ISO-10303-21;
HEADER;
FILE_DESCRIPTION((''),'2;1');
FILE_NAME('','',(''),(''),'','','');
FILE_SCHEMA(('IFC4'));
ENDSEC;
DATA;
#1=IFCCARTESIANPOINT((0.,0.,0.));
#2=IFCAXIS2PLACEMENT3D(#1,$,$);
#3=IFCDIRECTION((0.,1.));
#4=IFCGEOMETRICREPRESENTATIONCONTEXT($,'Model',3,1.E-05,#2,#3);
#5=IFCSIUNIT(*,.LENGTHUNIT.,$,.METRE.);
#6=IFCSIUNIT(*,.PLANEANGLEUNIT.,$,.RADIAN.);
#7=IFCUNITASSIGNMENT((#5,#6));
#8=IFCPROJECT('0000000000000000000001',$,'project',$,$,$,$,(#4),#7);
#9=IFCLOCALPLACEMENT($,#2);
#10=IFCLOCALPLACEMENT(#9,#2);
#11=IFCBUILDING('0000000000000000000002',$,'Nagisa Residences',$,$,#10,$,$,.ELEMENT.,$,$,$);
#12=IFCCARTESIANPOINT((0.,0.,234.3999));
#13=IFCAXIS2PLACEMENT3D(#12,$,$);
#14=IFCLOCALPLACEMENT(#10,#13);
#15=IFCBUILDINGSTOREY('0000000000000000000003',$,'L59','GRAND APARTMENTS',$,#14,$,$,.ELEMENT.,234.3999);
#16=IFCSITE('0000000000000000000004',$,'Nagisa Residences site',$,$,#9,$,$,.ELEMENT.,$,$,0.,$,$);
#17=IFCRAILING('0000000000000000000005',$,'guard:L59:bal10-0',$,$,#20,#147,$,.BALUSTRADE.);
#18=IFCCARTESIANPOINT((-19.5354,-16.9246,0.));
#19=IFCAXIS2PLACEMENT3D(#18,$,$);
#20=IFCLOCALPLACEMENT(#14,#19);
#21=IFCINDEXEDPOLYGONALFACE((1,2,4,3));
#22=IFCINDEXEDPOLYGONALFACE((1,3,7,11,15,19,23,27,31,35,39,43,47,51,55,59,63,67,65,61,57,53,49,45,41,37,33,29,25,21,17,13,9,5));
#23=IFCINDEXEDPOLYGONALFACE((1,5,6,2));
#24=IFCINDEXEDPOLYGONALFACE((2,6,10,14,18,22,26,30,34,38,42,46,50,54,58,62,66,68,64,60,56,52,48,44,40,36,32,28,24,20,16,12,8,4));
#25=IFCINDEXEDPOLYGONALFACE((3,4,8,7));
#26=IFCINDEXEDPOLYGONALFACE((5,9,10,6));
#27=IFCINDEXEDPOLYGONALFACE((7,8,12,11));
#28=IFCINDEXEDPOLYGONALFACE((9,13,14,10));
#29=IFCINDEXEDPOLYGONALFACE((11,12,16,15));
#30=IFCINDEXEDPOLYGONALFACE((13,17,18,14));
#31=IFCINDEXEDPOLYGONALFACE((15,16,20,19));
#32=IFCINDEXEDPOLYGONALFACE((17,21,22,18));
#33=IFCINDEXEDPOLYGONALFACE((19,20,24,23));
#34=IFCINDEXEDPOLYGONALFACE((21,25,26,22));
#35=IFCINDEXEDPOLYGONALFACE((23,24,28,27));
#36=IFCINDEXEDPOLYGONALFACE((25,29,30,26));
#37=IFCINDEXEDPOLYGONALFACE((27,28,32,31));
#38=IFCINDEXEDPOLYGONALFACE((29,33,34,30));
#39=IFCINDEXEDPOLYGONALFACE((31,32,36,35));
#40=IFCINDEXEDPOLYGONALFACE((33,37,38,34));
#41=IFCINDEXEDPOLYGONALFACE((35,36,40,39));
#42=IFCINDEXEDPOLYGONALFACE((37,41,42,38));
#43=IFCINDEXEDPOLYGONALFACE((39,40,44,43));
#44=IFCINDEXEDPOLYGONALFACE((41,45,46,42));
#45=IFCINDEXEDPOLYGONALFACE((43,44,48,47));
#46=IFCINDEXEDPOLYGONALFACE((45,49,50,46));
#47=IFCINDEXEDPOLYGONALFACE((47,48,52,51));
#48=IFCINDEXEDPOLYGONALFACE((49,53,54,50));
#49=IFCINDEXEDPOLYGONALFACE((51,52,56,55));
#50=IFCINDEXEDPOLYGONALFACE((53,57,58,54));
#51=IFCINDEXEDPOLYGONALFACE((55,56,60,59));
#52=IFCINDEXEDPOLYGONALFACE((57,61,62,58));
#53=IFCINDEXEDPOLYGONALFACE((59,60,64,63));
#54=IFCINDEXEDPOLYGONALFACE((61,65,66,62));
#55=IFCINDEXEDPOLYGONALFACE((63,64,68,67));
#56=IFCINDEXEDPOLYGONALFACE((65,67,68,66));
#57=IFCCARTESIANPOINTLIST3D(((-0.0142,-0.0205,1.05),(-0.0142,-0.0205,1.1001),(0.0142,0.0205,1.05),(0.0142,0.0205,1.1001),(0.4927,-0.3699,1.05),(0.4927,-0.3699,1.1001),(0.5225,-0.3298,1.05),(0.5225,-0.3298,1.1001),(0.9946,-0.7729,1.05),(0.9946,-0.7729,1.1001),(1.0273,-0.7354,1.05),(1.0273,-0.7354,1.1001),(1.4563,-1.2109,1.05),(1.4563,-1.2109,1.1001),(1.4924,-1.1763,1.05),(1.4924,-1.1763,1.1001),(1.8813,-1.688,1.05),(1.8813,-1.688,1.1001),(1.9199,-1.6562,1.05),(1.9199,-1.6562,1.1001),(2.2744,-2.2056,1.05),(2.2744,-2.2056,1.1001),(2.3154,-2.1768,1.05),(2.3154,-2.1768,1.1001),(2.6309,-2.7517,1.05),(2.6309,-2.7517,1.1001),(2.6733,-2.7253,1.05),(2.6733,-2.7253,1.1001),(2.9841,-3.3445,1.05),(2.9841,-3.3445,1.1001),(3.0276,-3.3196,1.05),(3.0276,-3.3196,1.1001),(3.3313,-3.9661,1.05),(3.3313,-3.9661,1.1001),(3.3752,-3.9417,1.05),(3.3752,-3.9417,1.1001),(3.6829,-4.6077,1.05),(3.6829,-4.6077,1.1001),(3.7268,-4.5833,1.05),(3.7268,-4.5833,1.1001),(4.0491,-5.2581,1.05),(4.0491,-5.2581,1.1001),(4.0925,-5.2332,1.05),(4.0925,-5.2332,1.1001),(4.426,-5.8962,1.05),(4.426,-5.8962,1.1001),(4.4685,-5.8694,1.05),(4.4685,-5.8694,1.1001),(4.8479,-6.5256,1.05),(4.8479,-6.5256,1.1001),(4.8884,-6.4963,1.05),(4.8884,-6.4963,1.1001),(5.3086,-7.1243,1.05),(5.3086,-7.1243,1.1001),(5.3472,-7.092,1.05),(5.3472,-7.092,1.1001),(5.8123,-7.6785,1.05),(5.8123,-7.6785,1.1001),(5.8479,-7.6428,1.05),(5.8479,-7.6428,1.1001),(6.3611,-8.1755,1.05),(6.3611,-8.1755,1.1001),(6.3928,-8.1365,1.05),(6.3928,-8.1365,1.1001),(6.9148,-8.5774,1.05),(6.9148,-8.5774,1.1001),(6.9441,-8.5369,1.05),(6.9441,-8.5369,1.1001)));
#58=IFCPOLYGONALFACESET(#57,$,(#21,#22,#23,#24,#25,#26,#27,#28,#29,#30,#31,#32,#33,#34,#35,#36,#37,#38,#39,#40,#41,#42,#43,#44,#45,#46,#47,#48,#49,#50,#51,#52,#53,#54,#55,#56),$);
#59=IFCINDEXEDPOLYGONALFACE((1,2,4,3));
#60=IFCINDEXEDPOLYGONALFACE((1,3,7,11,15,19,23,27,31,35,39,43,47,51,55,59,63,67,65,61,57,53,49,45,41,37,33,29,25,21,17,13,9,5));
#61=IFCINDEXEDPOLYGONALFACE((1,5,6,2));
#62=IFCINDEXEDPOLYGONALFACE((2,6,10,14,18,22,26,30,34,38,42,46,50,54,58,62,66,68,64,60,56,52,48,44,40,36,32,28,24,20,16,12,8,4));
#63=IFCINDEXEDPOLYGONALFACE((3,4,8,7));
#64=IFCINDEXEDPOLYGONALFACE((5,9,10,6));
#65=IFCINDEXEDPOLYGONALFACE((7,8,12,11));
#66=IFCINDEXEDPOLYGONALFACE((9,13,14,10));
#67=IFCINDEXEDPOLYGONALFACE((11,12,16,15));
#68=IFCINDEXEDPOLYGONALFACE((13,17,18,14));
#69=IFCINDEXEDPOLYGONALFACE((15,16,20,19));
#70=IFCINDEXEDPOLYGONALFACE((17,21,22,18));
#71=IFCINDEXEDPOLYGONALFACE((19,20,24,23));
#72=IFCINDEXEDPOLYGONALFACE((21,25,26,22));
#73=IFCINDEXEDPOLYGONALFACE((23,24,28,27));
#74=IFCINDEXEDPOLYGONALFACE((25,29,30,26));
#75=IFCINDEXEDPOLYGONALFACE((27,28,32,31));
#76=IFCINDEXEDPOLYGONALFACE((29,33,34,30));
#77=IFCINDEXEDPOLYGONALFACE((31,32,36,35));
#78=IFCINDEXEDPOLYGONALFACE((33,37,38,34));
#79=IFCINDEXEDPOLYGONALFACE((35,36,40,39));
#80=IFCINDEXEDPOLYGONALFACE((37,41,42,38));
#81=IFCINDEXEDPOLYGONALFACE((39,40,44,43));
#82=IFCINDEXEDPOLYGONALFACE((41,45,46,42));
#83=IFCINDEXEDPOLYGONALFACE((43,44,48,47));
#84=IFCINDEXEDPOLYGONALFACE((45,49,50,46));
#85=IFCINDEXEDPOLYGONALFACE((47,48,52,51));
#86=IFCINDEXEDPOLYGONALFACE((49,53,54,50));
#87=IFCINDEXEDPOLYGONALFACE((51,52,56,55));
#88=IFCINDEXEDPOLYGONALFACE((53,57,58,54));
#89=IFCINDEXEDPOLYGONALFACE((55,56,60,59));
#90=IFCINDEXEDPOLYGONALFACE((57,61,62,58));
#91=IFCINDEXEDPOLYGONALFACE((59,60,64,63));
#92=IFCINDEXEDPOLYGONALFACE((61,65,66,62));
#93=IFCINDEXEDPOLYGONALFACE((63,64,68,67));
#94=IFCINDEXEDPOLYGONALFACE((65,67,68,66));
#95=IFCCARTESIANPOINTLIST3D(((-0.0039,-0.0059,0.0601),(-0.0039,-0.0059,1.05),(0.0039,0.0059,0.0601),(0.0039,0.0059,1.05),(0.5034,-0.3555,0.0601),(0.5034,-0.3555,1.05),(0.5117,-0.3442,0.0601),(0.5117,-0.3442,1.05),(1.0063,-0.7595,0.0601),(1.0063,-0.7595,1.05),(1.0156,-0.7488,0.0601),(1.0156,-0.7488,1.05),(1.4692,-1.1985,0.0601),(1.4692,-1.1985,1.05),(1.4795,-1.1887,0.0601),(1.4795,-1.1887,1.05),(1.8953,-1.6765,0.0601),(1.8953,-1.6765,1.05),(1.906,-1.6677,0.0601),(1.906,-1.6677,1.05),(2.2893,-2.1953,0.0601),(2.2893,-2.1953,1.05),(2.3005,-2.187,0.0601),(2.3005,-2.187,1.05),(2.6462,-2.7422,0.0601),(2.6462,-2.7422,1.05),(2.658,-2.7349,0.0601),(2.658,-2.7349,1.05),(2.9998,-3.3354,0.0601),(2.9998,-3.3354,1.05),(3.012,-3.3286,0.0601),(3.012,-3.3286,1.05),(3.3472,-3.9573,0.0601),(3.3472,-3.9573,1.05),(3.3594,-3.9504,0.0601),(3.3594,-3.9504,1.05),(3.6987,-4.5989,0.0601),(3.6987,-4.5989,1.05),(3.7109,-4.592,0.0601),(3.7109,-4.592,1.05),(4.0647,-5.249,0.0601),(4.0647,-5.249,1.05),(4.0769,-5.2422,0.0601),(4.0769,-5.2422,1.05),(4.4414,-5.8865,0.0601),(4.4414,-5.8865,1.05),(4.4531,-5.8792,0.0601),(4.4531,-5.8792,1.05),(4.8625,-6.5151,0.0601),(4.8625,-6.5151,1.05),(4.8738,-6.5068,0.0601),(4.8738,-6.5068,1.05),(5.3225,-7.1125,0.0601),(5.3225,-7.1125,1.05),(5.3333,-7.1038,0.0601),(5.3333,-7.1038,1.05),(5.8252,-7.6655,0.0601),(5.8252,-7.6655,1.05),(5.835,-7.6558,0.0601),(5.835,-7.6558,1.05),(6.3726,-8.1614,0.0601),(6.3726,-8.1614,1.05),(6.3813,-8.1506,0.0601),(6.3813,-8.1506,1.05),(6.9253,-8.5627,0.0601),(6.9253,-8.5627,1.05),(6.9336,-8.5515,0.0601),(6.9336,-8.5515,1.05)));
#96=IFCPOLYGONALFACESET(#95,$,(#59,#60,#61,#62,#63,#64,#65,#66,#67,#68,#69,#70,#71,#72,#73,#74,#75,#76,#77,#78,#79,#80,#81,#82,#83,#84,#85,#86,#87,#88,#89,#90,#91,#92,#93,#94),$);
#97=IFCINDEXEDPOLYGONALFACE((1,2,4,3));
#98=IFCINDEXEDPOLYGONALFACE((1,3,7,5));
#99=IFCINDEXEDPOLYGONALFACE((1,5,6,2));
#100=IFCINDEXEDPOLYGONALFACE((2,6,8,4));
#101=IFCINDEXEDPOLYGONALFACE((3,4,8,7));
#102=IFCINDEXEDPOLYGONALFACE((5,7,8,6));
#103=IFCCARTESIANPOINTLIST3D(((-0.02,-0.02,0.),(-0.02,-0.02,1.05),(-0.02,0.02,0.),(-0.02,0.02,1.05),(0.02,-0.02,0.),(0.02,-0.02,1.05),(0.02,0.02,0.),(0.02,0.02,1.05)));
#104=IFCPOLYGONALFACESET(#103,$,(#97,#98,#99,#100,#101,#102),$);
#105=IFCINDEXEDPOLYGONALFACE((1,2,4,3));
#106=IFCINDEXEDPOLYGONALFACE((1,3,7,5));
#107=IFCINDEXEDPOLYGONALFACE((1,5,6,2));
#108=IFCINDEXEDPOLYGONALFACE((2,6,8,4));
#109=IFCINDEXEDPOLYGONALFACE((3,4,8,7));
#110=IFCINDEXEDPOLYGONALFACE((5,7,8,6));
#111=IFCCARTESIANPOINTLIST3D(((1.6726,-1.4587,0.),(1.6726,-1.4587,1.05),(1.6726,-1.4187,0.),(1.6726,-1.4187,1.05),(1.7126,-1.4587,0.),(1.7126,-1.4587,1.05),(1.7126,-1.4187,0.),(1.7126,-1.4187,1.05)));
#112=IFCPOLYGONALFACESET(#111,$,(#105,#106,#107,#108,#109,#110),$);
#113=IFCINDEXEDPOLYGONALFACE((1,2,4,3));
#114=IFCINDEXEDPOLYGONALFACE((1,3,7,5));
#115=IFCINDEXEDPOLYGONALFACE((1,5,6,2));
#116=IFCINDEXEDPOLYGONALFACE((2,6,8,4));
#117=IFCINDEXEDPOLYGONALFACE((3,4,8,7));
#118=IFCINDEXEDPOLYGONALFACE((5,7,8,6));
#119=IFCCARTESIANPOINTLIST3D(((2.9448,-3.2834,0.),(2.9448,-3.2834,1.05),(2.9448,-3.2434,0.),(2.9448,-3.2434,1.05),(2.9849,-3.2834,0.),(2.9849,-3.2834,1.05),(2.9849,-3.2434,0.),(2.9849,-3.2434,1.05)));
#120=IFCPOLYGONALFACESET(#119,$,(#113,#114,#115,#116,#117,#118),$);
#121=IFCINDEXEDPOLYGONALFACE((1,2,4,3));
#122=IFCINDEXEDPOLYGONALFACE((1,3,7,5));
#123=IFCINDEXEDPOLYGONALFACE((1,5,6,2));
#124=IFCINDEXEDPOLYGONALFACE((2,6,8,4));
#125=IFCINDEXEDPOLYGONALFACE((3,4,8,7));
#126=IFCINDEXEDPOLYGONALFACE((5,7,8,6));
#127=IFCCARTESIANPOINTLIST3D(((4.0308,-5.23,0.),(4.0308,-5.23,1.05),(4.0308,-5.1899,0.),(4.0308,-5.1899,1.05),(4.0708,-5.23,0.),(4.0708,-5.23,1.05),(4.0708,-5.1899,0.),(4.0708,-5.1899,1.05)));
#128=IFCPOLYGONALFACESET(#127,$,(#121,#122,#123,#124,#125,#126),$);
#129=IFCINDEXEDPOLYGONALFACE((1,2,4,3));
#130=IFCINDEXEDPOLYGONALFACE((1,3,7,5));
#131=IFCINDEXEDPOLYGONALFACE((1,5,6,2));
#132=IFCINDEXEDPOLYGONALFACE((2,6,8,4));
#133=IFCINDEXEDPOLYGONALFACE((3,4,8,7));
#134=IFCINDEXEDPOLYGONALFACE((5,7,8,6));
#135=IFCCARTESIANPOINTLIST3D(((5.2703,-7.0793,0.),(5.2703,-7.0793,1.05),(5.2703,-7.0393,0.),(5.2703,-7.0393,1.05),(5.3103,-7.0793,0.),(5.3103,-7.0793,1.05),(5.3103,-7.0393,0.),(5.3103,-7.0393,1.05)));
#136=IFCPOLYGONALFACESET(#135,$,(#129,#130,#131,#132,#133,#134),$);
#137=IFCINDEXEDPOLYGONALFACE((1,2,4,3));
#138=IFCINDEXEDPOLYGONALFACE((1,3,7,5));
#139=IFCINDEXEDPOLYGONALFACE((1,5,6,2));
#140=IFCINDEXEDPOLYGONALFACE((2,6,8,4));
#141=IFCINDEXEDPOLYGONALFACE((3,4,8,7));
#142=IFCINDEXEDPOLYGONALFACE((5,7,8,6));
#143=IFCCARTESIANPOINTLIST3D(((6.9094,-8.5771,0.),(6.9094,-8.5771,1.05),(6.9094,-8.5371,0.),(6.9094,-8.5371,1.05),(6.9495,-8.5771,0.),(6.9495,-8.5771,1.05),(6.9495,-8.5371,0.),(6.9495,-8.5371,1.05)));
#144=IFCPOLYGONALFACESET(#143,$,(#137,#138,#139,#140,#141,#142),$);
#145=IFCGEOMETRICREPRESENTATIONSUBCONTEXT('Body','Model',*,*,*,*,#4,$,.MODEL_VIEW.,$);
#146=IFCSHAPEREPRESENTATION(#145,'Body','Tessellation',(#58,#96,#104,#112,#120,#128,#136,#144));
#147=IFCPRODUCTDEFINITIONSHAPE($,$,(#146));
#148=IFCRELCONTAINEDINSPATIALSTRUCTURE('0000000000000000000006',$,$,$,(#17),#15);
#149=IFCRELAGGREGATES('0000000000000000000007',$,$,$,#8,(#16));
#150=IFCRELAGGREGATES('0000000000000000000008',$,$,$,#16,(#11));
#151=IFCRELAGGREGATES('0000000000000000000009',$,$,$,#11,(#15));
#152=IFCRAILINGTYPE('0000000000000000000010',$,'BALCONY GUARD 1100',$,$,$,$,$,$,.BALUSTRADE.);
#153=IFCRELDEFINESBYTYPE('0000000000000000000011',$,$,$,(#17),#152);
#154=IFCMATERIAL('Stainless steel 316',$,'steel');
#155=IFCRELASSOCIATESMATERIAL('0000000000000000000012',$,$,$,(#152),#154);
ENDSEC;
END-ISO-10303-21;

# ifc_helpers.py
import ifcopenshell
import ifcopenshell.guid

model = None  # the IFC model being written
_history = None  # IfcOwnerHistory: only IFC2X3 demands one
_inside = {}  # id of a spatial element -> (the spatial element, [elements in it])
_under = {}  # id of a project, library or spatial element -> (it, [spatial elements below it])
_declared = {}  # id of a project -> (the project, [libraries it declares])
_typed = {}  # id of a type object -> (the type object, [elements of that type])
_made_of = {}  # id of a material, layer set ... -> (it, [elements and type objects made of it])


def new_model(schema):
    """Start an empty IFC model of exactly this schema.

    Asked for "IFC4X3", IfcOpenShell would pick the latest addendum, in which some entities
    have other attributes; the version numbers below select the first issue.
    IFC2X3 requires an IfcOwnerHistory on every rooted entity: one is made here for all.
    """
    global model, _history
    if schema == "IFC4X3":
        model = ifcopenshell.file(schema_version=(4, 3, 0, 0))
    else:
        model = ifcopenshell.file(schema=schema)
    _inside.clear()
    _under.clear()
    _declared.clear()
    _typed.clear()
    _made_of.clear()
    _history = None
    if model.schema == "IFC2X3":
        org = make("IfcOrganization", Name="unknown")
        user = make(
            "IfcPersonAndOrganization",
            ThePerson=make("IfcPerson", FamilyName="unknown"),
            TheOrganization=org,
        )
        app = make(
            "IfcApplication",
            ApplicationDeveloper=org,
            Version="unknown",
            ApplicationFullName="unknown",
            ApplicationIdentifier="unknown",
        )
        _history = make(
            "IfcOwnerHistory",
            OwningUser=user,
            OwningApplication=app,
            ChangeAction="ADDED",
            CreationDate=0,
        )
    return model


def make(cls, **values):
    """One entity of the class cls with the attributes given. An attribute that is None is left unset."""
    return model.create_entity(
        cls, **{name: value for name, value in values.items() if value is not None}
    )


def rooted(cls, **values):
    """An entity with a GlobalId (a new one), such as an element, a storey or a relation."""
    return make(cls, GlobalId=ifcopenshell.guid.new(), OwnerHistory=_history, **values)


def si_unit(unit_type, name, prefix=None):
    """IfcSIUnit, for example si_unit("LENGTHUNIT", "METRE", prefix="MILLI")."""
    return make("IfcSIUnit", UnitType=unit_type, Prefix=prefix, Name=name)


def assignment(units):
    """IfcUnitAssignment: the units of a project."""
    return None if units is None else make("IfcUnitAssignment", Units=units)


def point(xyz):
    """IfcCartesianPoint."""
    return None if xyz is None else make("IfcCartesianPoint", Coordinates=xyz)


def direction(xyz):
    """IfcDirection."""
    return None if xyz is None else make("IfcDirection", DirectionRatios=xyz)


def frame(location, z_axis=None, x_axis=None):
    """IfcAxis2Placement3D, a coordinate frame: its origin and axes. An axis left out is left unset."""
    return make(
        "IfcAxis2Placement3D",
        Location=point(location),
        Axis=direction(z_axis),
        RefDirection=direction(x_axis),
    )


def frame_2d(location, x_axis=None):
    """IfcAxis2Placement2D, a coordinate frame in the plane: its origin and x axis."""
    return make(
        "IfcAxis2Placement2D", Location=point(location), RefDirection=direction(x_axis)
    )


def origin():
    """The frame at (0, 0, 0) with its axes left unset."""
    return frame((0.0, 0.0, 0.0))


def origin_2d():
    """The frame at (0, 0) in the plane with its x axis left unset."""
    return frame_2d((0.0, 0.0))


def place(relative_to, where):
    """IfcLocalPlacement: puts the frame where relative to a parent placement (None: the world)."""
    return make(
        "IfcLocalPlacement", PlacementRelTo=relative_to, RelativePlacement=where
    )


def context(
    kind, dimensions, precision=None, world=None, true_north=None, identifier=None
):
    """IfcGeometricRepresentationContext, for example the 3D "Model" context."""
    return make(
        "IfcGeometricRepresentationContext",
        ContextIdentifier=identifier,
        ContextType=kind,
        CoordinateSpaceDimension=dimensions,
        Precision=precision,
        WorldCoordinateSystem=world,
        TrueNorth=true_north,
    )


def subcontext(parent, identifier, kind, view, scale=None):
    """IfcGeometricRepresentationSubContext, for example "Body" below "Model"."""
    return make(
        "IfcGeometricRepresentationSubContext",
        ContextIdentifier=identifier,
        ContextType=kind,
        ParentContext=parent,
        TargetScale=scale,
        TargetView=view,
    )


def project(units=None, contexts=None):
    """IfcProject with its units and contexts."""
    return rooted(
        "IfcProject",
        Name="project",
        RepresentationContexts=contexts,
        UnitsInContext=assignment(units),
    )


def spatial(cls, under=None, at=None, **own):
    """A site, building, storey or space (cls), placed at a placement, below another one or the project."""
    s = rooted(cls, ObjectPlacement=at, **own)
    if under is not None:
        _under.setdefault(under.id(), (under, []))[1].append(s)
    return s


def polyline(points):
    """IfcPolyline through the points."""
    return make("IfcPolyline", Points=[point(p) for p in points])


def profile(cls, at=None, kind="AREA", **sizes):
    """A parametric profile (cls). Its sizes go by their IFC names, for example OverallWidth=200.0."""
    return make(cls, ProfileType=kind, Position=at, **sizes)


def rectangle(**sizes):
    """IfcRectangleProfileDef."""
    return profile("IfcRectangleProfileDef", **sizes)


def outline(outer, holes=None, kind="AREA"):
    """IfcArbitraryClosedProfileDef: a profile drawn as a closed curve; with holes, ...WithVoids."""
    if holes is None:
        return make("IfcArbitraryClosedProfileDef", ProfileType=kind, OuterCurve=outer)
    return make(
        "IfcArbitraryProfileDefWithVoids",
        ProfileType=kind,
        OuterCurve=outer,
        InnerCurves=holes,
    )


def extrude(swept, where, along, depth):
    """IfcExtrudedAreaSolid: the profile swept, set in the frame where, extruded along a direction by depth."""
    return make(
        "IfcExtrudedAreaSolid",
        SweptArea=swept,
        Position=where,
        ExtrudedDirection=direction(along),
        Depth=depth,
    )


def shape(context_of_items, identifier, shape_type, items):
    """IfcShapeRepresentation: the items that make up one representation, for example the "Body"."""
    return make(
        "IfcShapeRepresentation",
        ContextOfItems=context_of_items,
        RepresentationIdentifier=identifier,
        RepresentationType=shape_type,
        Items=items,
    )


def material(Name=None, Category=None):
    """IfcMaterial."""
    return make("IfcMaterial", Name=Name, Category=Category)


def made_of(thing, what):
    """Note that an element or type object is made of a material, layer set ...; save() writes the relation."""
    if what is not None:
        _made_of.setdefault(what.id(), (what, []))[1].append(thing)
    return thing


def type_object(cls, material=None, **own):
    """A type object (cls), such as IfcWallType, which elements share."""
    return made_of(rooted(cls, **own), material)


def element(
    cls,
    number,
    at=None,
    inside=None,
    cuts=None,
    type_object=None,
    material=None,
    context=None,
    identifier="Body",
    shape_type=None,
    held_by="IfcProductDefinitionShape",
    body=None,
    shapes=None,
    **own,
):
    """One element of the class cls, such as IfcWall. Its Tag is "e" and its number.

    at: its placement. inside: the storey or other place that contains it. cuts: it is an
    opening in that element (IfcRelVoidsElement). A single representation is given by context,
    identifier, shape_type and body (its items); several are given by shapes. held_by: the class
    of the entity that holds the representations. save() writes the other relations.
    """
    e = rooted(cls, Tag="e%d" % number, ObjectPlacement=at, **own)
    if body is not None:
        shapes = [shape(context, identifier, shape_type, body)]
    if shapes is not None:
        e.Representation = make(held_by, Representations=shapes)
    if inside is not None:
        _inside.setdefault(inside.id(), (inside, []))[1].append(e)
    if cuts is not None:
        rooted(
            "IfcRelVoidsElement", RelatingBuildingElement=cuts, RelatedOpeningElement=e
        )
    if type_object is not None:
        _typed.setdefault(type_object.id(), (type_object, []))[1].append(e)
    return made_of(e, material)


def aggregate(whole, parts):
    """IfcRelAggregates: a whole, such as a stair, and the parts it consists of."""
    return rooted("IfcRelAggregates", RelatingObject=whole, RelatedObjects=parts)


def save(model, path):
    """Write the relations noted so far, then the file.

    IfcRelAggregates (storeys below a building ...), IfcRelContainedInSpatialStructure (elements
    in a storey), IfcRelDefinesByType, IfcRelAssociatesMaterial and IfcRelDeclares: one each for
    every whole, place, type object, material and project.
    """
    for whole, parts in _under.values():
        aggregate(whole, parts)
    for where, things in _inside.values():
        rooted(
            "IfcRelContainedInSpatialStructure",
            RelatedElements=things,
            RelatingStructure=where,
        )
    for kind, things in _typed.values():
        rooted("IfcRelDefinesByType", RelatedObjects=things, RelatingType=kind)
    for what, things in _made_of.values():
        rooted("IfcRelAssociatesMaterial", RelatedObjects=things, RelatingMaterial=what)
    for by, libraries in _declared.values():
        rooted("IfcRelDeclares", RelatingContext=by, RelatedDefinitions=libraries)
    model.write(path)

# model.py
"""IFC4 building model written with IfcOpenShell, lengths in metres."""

from ifc_helpers import new_model, si_unit, direction, frame, origin, origin_2d, place, context, subcontext, project, spatial, polyline, rectangle, outline, extrude, material, type_object, element, save


model = new_model("IFC4")

# Units and contexts
model_context = context("Model", 3, precision=1e-05, world=origin(), true_north=direction((0.0, 1.0)))
body_context = subcontext(model_context, "Body", "Model", "MODEL_VIEW")
ifc_project = project(units=[si_unit("LENGTHUNIT", "METRE"), si_unit("PLANEANGLEUNIT", "RADIAN")], contexts=[model_context])

# Site, building, storey
site_placement = place(None, origin())
site = spatial("IfcSite", under=ifc_project, at=site_placement, Name="Nagisa Residences site", CompositionType="ELEMENT", RefElevation=0.0)
building_placement = place(site_placement, origin())
building = spatial("IfcBuilding", under=site, at=building_placement, Name="Nagisa Residences", CompositionType="ELEMENT")
storey_placement = place(building_placement, frame((0.0, 0.0, 234.3999)))
storey = spatial("IfcBuildingStorey", under=building, at=storey_placement, Name="L59", Description="GRAND APARTMENTS", CompositionType="ELEMENT", Elevation=234.3999)

# Railing
ifc_material_1 = material(Name="Stainless steel 316", Category="steel")
railing_type = type_object("IfcRailingType", Name="BALCONY GUARD 1100", PredefinedType="BALUSTRADE", material=ifc_material_1)
railing_1_placement = place(storey_placement, frame((-19.5354, -16.9246, 0.0)))
element("IfcRailing", 1, at=railing_1_placement, inside=storey, type_object=railing_type, Name="guard:L59:bal10-0", PredefinedType="BALUSTRADE", context=body_context, shape_type="SweptSolid", body=[
    extrude(outline(polyline([(0.5225, -0.3298), (0.0142, 0.0205), (-0.0142, -0.0205), (0.4927, -0.3699), (0.9946, -0.7729), (1.4563, -1.2109), (1.8813, -1.688), (2.2744, -2.2056), (2.6309, -2.7517), (2.9841, -3.3445), (3.3313, -3.9661), (3.6829, -4.6077), (4.0491, -5.2581), (4.426, -5.8962), (4.8479, -6.5256), (5.3086, -7.1243), (5.8123, -7.6785), (6.3611, -8.1755), (6.9148, -8.5774), (6.9441, -8.5369), (6.3928, -8.1365), (5.8479, -7.6428), (5.3472, -7.092), (4.8884, -6.4963), (4.4685, -5.8694), (4.0925, -5.2332), (3.7268, -4.5833), (3.3752, -3.9417), (3.0276, -3.3196), (2.6733, -2.7253), (2.3154, -2.1768), (1.9199, -1.6562), (1.4924, -1.1763), (1.0273, -0.7354), (0.5225, -0.3298)])), frame((0.0, 0.0, 1.05)), (0.0, 0.0, 1.0), 0.05),
    extrude(outline(polyline([(0.5117, -0.3442), (0.0039, 0.0059), (-0.0039, -0.0059), (0.5034, -0.3555), (1.0063, -0.7595), (1.4692, -1.1985), (1.8953, -1.6765), (2.2893, -2.1953), (2.6462, -2.7422), (2.9998, -3.3354), (3.3472, -3.9573), (3.6987, -4.5989), (4.0647, -5.249), (4.4414, -5.8865), (4.8625, -6.5151), (5.3225, -7.1125), (5.8252, -7.6655), (6.3726, -8.1614), (6.9253, -8.5627), (6.9336, -8.5515), (6.3813, -8.1506), (5.835, -7.6558), (5.3333, -7.1038), (4.8738, -6.5068), (4.4531, -5.8792), (4.0769, -5.2422), (3.7109, -4.592), (3.3594, -3.9504), (3.012, -3.3286), (2.658, -2.7349), (2.3005, -2.187), (1.906, -1.6677), (1.4795, -1.1887), (1.0156, -0.7488), (0.5117, -0.3442)])), frame((0.0, 0.0, 0.0601)), (0.0, 0.0, 1.0), 0.99),
    extrude(rectangle(XDim=0.04, YDim=0.04, at=origin_2d()), origin(), (0.0, 0.0, 1.0), 1.05),
    extrude(rectangle(XDim=0.04, YDim=0.04, at=origin_2d()), frame((1.6926, -1.4387, 0.0)), (0.0, 0.0, 1.0), 1.05),
    extrude(rectangle(XDim=0.04, YDim=0.04, at=origin_2d()), frame((2.9648, -3.2634, 0.0)), (0.0, 0.0, 1.0), 1.05),
    extrude(rectangle(XDim=0.04, YDim=0.04, at=origin_2d()), frame((4.0508, -5.21, 0.0)), (0.0, 0.0, 1.0), 1.05),
    extrude(rectangle(XDim=0.04, YDim=0.04, at=origin_2d()), frame((5.2903, -7.0593, 0.0)), (0.0, 0.0, 1.0), 1.05),
    extrude(rectangle(XDim=0.04, YDim=0.04, at=origin_2d()), frame((6.9294, -8.5571, 0.0)), (0.0, 0.0, 1.0), 1.05),
])

save(model, "model.ifc")
